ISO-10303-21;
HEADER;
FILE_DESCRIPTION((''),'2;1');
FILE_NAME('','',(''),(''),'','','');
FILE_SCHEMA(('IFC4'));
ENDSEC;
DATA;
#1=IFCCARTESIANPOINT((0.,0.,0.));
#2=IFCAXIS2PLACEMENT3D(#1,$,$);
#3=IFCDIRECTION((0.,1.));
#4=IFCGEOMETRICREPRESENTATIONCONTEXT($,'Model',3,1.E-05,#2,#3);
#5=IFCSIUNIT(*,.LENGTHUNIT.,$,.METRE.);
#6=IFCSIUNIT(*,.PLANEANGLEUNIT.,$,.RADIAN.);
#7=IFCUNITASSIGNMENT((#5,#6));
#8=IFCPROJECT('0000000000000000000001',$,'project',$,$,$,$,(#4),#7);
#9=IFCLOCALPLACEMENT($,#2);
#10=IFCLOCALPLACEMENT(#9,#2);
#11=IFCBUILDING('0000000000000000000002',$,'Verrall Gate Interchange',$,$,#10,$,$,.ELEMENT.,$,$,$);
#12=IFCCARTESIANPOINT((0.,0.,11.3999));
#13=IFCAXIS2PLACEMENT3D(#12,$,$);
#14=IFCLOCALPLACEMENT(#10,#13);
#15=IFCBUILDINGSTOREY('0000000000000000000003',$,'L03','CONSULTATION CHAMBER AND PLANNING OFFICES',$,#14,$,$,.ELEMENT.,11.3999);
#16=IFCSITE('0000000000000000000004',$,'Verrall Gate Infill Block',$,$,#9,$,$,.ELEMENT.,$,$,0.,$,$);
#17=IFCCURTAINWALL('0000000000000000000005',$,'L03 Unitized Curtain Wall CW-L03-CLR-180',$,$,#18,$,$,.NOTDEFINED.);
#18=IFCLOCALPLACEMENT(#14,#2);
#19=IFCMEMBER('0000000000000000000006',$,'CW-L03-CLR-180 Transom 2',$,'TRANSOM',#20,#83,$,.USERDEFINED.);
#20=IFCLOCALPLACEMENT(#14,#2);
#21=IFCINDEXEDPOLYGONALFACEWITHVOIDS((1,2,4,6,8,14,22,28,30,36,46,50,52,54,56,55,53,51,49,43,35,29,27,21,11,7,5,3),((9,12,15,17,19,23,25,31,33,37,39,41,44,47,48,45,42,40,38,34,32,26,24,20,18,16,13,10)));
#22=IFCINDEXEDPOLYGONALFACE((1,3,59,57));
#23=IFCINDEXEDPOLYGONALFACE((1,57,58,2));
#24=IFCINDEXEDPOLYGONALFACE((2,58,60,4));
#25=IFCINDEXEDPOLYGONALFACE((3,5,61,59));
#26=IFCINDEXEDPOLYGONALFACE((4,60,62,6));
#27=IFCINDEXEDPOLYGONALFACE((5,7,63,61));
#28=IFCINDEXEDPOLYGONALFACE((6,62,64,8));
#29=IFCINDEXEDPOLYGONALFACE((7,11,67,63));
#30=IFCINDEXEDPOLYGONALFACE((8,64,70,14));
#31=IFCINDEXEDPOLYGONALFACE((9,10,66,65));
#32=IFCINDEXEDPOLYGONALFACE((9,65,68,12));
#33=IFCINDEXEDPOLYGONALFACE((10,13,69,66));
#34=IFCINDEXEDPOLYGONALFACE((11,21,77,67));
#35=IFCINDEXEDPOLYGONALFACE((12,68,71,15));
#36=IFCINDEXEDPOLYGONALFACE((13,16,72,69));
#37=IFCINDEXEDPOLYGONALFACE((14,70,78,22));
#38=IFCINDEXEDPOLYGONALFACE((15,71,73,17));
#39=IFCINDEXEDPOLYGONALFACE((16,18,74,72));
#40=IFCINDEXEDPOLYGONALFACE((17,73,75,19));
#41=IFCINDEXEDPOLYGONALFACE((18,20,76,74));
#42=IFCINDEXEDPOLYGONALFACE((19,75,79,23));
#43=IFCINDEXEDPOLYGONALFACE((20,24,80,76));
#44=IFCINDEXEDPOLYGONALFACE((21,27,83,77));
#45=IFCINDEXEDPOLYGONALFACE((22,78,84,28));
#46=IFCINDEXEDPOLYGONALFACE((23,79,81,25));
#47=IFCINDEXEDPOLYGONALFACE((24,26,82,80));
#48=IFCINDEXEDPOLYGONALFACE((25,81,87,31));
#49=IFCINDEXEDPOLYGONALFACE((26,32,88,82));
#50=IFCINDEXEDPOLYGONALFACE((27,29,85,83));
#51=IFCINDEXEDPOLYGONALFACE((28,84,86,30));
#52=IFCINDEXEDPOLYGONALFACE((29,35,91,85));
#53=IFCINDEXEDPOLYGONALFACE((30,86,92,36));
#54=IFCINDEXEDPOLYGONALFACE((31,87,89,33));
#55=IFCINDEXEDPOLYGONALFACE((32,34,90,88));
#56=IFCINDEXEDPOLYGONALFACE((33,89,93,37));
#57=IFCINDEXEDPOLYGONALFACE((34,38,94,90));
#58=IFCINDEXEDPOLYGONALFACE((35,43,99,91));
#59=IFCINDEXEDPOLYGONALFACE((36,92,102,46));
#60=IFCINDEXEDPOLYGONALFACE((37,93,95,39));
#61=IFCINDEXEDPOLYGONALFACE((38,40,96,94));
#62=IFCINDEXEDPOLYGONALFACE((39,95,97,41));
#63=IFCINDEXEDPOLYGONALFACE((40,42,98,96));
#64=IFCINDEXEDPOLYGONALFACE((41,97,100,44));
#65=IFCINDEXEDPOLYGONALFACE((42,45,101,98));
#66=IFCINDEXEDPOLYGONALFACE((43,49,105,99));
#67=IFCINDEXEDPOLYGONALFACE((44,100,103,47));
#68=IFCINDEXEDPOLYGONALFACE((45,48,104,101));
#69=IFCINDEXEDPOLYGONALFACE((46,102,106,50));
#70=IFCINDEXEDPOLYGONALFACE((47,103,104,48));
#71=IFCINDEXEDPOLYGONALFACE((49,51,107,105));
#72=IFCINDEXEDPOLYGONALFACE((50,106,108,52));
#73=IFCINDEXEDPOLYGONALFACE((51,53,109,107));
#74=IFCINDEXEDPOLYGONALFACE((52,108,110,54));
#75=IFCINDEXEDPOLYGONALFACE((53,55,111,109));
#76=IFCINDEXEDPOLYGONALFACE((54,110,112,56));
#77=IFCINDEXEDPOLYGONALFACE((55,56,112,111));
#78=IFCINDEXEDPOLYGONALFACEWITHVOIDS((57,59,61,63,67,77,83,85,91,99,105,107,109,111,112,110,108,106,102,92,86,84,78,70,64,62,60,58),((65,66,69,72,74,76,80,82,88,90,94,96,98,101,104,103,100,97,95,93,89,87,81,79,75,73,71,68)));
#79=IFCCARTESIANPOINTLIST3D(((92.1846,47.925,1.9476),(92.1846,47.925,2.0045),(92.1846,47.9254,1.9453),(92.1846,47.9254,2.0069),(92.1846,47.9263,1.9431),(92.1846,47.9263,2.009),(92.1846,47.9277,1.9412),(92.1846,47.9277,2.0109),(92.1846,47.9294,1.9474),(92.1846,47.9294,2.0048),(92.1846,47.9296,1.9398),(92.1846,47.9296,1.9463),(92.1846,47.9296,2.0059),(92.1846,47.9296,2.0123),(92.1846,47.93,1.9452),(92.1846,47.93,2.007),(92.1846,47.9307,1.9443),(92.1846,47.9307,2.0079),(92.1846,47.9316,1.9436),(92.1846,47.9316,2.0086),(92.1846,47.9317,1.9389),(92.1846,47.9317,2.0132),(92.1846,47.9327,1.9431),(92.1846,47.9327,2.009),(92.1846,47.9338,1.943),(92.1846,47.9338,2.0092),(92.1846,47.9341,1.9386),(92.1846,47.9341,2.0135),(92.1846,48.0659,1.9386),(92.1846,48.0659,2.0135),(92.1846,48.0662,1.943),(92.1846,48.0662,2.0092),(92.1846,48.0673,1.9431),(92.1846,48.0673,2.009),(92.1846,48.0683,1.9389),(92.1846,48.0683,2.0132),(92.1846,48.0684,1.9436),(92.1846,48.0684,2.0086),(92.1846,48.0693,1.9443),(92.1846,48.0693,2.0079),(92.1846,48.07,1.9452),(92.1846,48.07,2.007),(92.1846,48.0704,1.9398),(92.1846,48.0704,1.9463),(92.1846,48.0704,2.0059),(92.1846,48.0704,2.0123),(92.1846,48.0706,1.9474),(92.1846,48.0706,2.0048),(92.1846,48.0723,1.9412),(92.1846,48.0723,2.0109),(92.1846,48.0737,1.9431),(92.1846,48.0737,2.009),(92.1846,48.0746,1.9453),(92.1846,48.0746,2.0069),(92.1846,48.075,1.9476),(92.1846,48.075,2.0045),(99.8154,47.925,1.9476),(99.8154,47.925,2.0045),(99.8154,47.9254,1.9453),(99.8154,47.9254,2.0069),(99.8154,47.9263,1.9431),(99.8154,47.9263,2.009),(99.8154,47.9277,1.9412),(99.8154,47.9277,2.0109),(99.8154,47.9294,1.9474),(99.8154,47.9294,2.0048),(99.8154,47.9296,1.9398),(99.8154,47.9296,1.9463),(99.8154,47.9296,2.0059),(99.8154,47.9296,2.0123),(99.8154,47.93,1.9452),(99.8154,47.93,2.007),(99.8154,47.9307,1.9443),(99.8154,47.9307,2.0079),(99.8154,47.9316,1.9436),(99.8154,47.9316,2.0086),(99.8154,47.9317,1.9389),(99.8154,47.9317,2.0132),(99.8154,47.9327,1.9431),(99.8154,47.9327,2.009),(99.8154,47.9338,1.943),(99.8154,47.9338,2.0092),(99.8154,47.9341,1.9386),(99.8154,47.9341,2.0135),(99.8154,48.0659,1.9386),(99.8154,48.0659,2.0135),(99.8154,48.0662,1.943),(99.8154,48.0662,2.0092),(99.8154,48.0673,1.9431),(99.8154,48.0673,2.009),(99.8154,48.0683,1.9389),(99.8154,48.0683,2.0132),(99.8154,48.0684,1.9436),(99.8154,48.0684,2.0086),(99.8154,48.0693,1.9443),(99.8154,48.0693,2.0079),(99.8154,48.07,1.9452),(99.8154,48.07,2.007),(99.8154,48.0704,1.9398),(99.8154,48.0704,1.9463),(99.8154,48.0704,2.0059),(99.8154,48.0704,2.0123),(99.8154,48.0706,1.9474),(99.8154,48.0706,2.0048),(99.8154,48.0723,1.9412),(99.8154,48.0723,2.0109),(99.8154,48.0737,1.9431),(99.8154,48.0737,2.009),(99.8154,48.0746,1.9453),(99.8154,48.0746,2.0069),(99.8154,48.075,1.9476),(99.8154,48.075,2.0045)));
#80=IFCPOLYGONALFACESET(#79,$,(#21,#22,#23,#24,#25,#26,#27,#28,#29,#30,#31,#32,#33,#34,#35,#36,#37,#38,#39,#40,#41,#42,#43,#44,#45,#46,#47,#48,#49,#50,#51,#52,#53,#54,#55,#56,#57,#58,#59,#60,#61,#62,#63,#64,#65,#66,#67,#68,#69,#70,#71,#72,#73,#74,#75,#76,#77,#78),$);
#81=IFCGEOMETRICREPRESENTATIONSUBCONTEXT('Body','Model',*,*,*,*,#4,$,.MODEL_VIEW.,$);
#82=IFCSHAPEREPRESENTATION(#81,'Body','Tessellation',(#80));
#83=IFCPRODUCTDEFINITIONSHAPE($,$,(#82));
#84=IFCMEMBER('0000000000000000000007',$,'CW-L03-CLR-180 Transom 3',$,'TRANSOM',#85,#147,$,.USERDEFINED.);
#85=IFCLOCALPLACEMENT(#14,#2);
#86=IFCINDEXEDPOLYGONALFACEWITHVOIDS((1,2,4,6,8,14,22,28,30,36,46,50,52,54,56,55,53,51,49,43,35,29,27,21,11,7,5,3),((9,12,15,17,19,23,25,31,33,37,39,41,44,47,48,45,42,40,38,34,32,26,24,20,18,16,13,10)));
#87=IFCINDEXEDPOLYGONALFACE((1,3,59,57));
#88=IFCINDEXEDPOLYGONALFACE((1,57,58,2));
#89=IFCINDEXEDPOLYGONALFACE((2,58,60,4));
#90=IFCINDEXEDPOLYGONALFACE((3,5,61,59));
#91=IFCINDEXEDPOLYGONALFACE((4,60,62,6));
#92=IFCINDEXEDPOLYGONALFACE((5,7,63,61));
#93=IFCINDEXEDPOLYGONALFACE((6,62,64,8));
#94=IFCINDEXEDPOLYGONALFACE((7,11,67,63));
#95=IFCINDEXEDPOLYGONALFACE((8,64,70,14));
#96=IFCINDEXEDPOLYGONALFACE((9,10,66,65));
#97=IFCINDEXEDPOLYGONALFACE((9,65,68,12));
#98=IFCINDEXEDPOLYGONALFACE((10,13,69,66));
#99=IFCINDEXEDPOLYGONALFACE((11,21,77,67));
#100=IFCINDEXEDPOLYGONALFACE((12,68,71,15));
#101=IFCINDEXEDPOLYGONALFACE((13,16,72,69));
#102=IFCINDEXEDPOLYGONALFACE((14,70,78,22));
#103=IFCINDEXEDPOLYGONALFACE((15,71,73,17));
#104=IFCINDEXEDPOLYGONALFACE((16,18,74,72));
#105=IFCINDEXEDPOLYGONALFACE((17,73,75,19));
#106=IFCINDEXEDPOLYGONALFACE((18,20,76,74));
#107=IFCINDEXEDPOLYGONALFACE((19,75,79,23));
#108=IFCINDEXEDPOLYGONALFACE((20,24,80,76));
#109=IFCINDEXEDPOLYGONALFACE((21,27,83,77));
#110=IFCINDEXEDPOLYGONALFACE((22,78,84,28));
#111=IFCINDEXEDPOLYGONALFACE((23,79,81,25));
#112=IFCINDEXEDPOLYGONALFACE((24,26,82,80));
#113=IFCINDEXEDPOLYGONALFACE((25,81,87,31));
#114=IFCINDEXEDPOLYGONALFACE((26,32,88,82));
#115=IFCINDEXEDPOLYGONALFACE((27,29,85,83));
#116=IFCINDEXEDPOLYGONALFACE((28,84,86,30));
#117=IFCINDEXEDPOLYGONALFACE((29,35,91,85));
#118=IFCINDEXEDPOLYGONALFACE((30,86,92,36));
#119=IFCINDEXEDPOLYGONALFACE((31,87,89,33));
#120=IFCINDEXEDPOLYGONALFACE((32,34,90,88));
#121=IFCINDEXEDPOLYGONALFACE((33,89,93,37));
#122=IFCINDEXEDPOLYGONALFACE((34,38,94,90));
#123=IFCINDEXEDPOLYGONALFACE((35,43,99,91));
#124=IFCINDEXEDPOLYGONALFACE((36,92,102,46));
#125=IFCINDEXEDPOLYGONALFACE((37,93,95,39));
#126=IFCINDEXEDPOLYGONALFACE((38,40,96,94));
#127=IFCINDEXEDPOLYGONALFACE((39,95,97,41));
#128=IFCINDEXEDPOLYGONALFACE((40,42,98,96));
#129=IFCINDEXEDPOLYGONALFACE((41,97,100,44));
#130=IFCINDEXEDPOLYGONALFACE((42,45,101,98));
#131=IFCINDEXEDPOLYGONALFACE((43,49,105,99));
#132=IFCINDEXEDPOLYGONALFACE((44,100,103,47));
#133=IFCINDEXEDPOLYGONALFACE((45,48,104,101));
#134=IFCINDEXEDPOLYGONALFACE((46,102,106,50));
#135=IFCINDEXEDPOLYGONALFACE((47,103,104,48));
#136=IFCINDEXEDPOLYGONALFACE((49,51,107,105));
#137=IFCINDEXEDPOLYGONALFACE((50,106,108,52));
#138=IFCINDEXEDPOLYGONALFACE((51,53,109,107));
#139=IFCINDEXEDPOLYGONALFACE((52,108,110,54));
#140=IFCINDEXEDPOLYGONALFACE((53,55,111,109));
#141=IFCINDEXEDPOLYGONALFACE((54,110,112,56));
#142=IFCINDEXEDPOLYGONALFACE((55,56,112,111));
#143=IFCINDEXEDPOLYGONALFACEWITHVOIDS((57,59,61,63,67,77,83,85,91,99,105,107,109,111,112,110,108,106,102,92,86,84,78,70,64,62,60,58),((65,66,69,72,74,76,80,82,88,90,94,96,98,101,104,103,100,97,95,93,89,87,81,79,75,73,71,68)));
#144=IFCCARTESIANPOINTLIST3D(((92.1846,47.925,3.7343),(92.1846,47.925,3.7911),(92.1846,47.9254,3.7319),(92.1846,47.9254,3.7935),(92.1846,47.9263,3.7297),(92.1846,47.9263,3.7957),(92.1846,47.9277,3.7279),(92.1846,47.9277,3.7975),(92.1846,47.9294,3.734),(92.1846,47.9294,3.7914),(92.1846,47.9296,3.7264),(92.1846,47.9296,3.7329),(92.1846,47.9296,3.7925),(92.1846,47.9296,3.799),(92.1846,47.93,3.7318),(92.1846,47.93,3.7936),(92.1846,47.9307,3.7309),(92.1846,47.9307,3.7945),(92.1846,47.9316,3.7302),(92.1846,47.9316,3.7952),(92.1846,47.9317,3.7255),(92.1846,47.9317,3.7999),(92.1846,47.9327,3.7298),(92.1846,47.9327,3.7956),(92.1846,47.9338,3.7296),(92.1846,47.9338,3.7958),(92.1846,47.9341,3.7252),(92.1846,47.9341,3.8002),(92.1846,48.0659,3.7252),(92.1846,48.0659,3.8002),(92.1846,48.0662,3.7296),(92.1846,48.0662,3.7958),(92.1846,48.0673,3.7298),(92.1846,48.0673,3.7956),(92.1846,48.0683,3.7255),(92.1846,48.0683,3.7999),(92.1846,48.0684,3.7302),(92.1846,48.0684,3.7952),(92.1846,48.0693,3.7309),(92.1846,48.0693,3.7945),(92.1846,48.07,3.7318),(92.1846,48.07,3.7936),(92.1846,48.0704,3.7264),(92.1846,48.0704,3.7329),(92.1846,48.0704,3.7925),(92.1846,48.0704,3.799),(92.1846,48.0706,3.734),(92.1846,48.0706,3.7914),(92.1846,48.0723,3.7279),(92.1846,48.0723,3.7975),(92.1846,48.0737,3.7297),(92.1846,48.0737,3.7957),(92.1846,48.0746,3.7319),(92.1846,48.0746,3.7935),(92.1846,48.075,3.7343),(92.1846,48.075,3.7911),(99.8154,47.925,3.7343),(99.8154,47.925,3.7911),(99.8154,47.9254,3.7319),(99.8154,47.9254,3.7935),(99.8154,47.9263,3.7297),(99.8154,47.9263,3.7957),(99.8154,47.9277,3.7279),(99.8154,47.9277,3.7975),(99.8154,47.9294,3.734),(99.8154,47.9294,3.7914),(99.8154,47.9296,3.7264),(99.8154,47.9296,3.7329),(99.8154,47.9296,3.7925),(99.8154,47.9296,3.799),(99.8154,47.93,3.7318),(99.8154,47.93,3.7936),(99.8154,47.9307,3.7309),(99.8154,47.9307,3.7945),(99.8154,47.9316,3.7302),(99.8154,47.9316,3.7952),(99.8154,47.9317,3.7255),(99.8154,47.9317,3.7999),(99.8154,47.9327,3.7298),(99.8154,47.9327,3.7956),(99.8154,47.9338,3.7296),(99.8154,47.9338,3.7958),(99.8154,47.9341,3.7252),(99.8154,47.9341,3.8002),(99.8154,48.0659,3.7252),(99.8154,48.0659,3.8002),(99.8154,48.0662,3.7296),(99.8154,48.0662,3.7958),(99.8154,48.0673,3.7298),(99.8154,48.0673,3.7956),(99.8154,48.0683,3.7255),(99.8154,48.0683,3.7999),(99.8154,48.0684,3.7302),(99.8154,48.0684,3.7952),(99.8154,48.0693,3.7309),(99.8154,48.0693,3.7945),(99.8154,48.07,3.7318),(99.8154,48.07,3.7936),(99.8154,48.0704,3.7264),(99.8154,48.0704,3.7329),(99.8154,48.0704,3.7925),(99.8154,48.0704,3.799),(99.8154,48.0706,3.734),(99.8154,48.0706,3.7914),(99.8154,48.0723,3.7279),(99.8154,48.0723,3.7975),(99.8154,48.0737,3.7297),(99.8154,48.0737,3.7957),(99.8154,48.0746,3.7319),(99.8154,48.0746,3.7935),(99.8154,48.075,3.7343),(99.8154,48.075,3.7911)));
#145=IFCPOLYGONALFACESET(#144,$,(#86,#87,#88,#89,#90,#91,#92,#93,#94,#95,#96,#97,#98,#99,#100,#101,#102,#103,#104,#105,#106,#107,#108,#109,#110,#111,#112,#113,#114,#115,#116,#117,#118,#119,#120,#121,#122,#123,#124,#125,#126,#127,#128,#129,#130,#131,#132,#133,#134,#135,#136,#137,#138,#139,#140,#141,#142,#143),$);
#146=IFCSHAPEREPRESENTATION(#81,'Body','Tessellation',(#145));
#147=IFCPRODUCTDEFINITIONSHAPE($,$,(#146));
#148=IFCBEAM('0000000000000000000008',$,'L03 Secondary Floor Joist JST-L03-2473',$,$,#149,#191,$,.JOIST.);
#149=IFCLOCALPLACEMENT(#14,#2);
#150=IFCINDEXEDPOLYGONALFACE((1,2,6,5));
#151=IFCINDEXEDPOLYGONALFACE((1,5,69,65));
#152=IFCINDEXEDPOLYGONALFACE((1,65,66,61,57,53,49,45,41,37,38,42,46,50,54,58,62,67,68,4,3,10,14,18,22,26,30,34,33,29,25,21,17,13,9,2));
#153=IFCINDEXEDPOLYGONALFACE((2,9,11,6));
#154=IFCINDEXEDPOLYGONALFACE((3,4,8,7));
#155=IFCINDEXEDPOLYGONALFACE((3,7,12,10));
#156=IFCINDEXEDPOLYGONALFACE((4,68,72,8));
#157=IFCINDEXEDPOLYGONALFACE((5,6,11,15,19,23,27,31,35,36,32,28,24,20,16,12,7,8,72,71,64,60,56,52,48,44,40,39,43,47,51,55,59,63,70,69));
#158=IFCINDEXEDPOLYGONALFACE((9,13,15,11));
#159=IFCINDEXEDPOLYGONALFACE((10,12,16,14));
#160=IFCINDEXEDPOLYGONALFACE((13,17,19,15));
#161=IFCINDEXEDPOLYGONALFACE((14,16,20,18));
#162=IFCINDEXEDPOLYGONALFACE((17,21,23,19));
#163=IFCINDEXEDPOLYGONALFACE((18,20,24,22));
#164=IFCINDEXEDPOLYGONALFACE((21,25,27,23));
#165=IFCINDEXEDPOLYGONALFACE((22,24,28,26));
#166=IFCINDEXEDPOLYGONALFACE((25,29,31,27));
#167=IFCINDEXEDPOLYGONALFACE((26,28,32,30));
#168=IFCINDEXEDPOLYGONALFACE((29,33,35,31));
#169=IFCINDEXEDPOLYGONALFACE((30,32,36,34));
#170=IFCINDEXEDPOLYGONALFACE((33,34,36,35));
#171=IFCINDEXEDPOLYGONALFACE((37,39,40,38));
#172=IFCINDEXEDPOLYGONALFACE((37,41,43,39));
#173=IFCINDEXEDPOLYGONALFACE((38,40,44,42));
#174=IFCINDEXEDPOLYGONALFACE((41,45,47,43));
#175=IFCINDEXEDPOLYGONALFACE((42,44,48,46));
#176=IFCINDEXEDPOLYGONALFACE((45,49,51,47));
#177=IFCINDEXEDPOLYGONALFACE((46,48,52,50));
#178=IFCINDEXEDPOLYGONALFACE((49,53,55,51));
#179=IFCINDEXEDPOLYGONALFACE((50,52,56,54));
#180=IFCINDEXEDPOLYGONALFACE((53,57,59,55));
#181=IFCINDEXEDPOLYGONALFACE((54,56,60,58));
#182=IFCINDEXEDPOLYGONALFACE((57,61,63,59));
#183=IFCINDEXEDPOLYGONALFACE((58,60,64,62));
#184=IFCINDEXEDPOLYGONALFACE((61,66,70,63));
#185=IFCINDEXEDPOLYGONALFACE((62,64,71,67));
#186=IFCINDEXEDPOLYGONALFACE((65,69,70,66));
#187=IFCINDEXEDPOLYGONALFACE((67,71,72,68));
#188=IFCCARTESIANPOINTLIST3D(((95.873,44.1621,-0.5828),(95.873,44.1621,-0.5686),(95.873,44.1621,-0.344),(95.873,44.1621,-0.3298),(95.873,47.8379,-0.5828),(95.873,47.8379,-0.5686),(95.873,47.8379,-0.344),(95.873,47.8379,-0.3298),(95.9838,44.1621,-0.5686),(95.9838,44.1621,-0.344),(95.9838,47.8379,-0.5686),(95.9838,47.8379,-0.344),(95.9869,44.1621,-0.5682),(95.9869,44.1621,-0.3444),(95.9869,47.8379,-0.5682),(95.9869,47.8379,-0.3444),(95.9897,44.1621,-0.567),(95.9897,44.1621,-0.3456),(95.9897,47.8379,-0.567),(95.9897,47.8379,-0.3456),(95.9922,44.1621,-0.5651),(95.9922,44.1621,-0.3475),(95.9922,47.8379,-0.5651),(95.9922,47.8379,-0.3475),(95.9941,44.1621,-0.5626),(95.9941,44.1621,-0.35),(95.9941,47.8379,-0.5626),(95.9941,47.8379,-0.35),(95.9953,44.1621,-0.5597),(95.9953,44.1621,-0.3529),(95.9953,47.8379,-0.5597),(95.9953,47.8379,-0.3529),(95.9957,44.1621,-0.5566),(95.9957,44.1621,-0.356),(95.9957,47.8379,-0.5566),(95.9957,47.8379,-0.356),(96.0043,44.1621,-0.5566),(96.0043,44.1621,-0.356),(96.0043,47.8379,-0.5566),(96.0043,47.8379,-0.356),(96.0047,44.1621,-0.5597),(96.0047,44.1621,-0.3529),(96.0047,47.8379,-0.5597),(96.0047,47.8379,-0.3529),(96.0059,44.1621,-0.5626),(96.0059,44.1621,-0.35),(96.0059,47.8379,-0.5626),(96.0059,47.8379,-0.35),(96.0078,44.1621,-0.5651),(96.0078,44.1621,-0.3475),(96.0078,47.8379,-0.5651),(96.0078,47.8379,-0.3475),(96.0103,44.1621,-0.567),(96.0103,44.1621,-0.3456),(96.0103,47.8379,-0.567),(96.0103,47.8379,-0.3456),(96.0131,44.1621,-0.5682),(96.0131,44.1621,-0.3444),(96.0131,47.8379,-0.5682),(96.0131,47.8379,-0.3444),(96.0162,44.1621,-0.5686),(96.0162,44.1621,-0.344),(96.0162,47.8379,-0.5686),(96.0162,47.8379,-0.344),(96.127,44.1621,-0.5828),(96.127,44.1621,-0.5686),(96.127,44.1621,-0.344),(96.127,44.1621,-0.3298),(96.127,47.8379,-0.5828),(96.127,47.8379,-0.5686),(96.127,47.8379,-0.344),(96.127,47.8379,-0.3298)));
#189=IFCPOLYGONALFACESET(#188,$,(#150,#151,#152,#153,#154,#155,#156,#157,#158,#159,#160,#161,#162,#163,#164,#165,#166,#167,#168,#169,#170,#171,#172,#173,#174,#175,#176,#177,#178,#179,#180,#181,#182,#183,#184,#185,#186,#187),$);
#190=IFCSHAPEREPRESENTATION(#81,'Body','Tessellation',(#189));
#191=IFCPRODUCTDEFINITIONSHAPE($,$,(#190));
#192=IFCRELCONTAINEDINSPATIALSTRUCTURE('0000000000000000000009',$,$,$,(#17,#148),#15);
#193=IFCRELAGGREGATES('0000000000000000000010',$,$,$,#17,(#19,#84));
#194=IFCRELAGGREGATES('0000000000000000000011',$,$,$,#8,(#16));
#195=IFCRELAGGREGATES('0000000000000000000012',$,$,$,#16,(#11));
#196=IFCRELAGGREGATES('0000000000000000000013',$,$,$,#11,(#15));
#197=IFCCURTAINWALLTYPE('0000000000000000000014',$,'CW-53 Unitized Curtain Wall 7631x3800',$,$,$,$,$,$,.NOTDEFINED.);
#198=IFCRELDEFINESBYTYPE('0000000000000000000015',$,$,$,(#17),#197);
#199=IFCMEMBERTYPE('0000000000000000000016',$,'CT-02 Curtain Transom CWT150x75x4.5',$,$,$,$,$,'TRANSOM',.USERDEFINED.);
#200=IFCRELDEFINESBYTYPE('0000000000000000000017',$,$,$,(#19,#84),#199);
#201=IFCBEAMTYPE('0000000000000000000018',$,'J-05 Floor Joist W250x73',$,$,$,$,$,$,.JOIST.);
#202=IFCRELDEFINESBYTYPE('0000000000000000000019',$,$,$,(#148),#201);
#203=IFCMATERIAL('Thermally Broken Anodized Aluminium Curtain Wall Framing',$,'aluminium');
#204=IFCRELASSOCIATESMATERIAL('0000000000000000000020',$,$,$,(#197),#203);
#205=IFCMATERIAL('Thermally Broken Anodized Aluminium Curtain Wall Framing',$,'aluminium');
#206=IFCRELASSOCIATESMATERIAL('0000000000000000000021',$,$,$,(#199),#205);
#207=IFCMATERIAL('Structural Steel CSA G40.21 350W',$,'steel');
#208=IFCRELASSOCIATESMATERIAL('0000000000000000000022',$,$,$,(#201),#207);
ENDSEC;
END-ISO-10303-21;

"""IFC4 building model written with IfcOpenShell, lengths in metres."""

from ifc_helpers import new_model, si_unit, direction, frame, origin, origin_2d, place, context, subcontext, project, spatial, hollow_rectangle, i_section, extrude, material, material_profile, profile_set, type_object, element, aggregate, save


model = new_model("IFC4")

# Units and contexts
model_context = context("Model", 3, precision=1e-05, world=origin(), true_north=direction((0.0, 1.0)))
body_context = subcontext(model_context, "Body", "Model", "MODEL_VIEW")
ifc_project = project(units=[si_unit("LENGTHUNIT", "METRE"), si_unit("PLANEANGLEUNIT", "RADIAN")], contexts=[model_context])

# Site, building, storey
site_placement = place(None, origin())
site = spatial("IfcSite", under=ifc_project, at=site_placement, Name="Verrall Gate Infill Block", CompositionType="ELEMENT", RefElevation=0.0)
building_placement = place(site_placement, origin())
building = spatial("IfcBuilding", under=site, at=building_placement, Name="Verrall Gate Interchange", CompositionType="ELEMENT")
storey_placement = place(building_placement, frame((0.0, 0.0, 11.3999)))
storey = spatial("IfcBuildingStorey", under=building, at=storey_placement, Name="L03", Description="CONSULTATION CHAMBER AND PLANNING OFFICES", CompositionType="ELEMENT", Elevation=11.3999)

# Curtain wall, members
ifc_material_1 = material(Name="Thermally Broken Anodized Aluminium Curtain Wall Framing", Category="aluminium")
curtain_wall_type = type_object("IfcCurtainWallType", Name="CW-53 Unitized Curtain Wall 7631x3800", PredefinedType="NOTDEFINED", material=ifc_material_1)
curtain_wall_1_placement = place(storey_placement, origin())
curtain_wall_1 = element("IfcCurtainWall", 1, at=curtain_wall_1_placement, inside=storey, type_object=curtain_wall_type, Name="L03 Unitized Curtain Wall CW-L03-CLR-180", PredefinedType="NOTDEFINED")
ifc_material_2 = material(Name="Thermally Broken Anodized Aluminium Curtain Wall Framing", Category="aluminium")
ifc_material_profile_1 = material_profile(ifc_material_2, hollow_rectangle(XDim=0.1499, YDim=0.075, WallThickness=0.0044, InnerFilletRadius=0.0044, OuterFilletRadius=0.009, at=origin_2d()), Name="CWT150x75x4.5")
ifc_profile_set_1 = profile_set([ifc_material_profile_1], Name="Thermally Broken Anodized Aluminium Curtain Wall Framing")
member_type_1 = type_object("IfcMemberType", Name="CT-02 Curtain Transom CWT150x75x4.5", ElementType="TRANSOM", PredefinedType="USERDEFINED", material=ifc_profile_set_1)
member_1_placement = place(storey_placement, frame((92.1846, 48.0, 1.9761), z_axis=(1.0, 0.0, 0.0), x_axis=(0.0, 1.0, 0.0)))
member_1 = element("IfcMember", 2, at=member_1_placement, type_object=member_type_1, Name="CW-L03-CLR-180 Transom 2", ObjectType="TRANSOM", PredefinedType="USERDEFINED", context=body_context, shape_type="SweptSolid", body=[
    extrude(hollow_rectangle(XDim=0.1499, YDim=0.075, WallThickness=0.0044, InnerFilletRadius=0.0044, OuterFilletRadius=0.009, at=origin_2d()), origin(), (0.0, 0.0, 1.0), 7.6309),
])
member_2_placement = place(storey_placement, frame((92.1846, 48.0, 3.7627), z_axis=(1.0, 0.0, 0.0), x_axis=(0.0, 1.0, 0.0)))
member_2 = element("IfcMember", 3, at=member_2_placement, type_object=member_type_1, Name="CW-L03-CLR-180 Transom 3", ObjectType="TRANSOM", PredefinedType="USERDEFINED", context=body_context, shape_type="SweptSolid", body=[
    extrude(hollow_rectangle(XDim=0.1499, YDim=0.075, WallThickness=0.0044, InnerFilletRadius=0.0044, OuterFilletRadius=0.009, at=origin_2d()), origin(), (0.0, 0.0, 1.0), 7.6309),
])

# Beam
ifc_material_3 = material(Name="Structural Steel CSA G40.21 350W", Category="steel")
ifc_material_profile_2 = material_profile(ifc_material_3, i_section(OverallWidth=0.2539, OverallDepth=0.2529, WebThickness=0.0085, FlangeThickness=0.0142, FilletRadius=0.012, at=origin_2d()), Name="W250x73")
ifc_profile_set_2 = profile_set([ifc_material_profile_2], Name="Structural Steel CSA G40.21 350W")
beam_type_1 = type_object("IfcBeamType", Name="J-05 Floor Joist W250x73", PredefinedType="JOIST", material=ifc_profile_set_2)
beam_1_placement = place(storey_placement, frame((96.0, 44.1621, -0.4563), z_axis=(0.0, 1.0, 0.0), x_axis=(-1.0, 0.0, 0.0)))
element("IfcBeam", 4, at=beam_1_placement, inside=storey, type_object=beam_type_1, Name="L03 Secondary Floor Joist JST-L03-2473", PredefinedType="JOIST", context=body_context, shape_type="SweptSolid", body=[
    extrude(i_section(OverallWidth=0.2539, OverallDepth=0.2529, WebThickness=0.0085, FlangeThickness=0.0142, FilletRadius=0.012, at=origin_2d()), origin(), (0.0, 0.0, 1.0), 3.6758),
])

aggregate(curtain_wall_1, [member_1, member_2])

save(model, "model.ifc")
